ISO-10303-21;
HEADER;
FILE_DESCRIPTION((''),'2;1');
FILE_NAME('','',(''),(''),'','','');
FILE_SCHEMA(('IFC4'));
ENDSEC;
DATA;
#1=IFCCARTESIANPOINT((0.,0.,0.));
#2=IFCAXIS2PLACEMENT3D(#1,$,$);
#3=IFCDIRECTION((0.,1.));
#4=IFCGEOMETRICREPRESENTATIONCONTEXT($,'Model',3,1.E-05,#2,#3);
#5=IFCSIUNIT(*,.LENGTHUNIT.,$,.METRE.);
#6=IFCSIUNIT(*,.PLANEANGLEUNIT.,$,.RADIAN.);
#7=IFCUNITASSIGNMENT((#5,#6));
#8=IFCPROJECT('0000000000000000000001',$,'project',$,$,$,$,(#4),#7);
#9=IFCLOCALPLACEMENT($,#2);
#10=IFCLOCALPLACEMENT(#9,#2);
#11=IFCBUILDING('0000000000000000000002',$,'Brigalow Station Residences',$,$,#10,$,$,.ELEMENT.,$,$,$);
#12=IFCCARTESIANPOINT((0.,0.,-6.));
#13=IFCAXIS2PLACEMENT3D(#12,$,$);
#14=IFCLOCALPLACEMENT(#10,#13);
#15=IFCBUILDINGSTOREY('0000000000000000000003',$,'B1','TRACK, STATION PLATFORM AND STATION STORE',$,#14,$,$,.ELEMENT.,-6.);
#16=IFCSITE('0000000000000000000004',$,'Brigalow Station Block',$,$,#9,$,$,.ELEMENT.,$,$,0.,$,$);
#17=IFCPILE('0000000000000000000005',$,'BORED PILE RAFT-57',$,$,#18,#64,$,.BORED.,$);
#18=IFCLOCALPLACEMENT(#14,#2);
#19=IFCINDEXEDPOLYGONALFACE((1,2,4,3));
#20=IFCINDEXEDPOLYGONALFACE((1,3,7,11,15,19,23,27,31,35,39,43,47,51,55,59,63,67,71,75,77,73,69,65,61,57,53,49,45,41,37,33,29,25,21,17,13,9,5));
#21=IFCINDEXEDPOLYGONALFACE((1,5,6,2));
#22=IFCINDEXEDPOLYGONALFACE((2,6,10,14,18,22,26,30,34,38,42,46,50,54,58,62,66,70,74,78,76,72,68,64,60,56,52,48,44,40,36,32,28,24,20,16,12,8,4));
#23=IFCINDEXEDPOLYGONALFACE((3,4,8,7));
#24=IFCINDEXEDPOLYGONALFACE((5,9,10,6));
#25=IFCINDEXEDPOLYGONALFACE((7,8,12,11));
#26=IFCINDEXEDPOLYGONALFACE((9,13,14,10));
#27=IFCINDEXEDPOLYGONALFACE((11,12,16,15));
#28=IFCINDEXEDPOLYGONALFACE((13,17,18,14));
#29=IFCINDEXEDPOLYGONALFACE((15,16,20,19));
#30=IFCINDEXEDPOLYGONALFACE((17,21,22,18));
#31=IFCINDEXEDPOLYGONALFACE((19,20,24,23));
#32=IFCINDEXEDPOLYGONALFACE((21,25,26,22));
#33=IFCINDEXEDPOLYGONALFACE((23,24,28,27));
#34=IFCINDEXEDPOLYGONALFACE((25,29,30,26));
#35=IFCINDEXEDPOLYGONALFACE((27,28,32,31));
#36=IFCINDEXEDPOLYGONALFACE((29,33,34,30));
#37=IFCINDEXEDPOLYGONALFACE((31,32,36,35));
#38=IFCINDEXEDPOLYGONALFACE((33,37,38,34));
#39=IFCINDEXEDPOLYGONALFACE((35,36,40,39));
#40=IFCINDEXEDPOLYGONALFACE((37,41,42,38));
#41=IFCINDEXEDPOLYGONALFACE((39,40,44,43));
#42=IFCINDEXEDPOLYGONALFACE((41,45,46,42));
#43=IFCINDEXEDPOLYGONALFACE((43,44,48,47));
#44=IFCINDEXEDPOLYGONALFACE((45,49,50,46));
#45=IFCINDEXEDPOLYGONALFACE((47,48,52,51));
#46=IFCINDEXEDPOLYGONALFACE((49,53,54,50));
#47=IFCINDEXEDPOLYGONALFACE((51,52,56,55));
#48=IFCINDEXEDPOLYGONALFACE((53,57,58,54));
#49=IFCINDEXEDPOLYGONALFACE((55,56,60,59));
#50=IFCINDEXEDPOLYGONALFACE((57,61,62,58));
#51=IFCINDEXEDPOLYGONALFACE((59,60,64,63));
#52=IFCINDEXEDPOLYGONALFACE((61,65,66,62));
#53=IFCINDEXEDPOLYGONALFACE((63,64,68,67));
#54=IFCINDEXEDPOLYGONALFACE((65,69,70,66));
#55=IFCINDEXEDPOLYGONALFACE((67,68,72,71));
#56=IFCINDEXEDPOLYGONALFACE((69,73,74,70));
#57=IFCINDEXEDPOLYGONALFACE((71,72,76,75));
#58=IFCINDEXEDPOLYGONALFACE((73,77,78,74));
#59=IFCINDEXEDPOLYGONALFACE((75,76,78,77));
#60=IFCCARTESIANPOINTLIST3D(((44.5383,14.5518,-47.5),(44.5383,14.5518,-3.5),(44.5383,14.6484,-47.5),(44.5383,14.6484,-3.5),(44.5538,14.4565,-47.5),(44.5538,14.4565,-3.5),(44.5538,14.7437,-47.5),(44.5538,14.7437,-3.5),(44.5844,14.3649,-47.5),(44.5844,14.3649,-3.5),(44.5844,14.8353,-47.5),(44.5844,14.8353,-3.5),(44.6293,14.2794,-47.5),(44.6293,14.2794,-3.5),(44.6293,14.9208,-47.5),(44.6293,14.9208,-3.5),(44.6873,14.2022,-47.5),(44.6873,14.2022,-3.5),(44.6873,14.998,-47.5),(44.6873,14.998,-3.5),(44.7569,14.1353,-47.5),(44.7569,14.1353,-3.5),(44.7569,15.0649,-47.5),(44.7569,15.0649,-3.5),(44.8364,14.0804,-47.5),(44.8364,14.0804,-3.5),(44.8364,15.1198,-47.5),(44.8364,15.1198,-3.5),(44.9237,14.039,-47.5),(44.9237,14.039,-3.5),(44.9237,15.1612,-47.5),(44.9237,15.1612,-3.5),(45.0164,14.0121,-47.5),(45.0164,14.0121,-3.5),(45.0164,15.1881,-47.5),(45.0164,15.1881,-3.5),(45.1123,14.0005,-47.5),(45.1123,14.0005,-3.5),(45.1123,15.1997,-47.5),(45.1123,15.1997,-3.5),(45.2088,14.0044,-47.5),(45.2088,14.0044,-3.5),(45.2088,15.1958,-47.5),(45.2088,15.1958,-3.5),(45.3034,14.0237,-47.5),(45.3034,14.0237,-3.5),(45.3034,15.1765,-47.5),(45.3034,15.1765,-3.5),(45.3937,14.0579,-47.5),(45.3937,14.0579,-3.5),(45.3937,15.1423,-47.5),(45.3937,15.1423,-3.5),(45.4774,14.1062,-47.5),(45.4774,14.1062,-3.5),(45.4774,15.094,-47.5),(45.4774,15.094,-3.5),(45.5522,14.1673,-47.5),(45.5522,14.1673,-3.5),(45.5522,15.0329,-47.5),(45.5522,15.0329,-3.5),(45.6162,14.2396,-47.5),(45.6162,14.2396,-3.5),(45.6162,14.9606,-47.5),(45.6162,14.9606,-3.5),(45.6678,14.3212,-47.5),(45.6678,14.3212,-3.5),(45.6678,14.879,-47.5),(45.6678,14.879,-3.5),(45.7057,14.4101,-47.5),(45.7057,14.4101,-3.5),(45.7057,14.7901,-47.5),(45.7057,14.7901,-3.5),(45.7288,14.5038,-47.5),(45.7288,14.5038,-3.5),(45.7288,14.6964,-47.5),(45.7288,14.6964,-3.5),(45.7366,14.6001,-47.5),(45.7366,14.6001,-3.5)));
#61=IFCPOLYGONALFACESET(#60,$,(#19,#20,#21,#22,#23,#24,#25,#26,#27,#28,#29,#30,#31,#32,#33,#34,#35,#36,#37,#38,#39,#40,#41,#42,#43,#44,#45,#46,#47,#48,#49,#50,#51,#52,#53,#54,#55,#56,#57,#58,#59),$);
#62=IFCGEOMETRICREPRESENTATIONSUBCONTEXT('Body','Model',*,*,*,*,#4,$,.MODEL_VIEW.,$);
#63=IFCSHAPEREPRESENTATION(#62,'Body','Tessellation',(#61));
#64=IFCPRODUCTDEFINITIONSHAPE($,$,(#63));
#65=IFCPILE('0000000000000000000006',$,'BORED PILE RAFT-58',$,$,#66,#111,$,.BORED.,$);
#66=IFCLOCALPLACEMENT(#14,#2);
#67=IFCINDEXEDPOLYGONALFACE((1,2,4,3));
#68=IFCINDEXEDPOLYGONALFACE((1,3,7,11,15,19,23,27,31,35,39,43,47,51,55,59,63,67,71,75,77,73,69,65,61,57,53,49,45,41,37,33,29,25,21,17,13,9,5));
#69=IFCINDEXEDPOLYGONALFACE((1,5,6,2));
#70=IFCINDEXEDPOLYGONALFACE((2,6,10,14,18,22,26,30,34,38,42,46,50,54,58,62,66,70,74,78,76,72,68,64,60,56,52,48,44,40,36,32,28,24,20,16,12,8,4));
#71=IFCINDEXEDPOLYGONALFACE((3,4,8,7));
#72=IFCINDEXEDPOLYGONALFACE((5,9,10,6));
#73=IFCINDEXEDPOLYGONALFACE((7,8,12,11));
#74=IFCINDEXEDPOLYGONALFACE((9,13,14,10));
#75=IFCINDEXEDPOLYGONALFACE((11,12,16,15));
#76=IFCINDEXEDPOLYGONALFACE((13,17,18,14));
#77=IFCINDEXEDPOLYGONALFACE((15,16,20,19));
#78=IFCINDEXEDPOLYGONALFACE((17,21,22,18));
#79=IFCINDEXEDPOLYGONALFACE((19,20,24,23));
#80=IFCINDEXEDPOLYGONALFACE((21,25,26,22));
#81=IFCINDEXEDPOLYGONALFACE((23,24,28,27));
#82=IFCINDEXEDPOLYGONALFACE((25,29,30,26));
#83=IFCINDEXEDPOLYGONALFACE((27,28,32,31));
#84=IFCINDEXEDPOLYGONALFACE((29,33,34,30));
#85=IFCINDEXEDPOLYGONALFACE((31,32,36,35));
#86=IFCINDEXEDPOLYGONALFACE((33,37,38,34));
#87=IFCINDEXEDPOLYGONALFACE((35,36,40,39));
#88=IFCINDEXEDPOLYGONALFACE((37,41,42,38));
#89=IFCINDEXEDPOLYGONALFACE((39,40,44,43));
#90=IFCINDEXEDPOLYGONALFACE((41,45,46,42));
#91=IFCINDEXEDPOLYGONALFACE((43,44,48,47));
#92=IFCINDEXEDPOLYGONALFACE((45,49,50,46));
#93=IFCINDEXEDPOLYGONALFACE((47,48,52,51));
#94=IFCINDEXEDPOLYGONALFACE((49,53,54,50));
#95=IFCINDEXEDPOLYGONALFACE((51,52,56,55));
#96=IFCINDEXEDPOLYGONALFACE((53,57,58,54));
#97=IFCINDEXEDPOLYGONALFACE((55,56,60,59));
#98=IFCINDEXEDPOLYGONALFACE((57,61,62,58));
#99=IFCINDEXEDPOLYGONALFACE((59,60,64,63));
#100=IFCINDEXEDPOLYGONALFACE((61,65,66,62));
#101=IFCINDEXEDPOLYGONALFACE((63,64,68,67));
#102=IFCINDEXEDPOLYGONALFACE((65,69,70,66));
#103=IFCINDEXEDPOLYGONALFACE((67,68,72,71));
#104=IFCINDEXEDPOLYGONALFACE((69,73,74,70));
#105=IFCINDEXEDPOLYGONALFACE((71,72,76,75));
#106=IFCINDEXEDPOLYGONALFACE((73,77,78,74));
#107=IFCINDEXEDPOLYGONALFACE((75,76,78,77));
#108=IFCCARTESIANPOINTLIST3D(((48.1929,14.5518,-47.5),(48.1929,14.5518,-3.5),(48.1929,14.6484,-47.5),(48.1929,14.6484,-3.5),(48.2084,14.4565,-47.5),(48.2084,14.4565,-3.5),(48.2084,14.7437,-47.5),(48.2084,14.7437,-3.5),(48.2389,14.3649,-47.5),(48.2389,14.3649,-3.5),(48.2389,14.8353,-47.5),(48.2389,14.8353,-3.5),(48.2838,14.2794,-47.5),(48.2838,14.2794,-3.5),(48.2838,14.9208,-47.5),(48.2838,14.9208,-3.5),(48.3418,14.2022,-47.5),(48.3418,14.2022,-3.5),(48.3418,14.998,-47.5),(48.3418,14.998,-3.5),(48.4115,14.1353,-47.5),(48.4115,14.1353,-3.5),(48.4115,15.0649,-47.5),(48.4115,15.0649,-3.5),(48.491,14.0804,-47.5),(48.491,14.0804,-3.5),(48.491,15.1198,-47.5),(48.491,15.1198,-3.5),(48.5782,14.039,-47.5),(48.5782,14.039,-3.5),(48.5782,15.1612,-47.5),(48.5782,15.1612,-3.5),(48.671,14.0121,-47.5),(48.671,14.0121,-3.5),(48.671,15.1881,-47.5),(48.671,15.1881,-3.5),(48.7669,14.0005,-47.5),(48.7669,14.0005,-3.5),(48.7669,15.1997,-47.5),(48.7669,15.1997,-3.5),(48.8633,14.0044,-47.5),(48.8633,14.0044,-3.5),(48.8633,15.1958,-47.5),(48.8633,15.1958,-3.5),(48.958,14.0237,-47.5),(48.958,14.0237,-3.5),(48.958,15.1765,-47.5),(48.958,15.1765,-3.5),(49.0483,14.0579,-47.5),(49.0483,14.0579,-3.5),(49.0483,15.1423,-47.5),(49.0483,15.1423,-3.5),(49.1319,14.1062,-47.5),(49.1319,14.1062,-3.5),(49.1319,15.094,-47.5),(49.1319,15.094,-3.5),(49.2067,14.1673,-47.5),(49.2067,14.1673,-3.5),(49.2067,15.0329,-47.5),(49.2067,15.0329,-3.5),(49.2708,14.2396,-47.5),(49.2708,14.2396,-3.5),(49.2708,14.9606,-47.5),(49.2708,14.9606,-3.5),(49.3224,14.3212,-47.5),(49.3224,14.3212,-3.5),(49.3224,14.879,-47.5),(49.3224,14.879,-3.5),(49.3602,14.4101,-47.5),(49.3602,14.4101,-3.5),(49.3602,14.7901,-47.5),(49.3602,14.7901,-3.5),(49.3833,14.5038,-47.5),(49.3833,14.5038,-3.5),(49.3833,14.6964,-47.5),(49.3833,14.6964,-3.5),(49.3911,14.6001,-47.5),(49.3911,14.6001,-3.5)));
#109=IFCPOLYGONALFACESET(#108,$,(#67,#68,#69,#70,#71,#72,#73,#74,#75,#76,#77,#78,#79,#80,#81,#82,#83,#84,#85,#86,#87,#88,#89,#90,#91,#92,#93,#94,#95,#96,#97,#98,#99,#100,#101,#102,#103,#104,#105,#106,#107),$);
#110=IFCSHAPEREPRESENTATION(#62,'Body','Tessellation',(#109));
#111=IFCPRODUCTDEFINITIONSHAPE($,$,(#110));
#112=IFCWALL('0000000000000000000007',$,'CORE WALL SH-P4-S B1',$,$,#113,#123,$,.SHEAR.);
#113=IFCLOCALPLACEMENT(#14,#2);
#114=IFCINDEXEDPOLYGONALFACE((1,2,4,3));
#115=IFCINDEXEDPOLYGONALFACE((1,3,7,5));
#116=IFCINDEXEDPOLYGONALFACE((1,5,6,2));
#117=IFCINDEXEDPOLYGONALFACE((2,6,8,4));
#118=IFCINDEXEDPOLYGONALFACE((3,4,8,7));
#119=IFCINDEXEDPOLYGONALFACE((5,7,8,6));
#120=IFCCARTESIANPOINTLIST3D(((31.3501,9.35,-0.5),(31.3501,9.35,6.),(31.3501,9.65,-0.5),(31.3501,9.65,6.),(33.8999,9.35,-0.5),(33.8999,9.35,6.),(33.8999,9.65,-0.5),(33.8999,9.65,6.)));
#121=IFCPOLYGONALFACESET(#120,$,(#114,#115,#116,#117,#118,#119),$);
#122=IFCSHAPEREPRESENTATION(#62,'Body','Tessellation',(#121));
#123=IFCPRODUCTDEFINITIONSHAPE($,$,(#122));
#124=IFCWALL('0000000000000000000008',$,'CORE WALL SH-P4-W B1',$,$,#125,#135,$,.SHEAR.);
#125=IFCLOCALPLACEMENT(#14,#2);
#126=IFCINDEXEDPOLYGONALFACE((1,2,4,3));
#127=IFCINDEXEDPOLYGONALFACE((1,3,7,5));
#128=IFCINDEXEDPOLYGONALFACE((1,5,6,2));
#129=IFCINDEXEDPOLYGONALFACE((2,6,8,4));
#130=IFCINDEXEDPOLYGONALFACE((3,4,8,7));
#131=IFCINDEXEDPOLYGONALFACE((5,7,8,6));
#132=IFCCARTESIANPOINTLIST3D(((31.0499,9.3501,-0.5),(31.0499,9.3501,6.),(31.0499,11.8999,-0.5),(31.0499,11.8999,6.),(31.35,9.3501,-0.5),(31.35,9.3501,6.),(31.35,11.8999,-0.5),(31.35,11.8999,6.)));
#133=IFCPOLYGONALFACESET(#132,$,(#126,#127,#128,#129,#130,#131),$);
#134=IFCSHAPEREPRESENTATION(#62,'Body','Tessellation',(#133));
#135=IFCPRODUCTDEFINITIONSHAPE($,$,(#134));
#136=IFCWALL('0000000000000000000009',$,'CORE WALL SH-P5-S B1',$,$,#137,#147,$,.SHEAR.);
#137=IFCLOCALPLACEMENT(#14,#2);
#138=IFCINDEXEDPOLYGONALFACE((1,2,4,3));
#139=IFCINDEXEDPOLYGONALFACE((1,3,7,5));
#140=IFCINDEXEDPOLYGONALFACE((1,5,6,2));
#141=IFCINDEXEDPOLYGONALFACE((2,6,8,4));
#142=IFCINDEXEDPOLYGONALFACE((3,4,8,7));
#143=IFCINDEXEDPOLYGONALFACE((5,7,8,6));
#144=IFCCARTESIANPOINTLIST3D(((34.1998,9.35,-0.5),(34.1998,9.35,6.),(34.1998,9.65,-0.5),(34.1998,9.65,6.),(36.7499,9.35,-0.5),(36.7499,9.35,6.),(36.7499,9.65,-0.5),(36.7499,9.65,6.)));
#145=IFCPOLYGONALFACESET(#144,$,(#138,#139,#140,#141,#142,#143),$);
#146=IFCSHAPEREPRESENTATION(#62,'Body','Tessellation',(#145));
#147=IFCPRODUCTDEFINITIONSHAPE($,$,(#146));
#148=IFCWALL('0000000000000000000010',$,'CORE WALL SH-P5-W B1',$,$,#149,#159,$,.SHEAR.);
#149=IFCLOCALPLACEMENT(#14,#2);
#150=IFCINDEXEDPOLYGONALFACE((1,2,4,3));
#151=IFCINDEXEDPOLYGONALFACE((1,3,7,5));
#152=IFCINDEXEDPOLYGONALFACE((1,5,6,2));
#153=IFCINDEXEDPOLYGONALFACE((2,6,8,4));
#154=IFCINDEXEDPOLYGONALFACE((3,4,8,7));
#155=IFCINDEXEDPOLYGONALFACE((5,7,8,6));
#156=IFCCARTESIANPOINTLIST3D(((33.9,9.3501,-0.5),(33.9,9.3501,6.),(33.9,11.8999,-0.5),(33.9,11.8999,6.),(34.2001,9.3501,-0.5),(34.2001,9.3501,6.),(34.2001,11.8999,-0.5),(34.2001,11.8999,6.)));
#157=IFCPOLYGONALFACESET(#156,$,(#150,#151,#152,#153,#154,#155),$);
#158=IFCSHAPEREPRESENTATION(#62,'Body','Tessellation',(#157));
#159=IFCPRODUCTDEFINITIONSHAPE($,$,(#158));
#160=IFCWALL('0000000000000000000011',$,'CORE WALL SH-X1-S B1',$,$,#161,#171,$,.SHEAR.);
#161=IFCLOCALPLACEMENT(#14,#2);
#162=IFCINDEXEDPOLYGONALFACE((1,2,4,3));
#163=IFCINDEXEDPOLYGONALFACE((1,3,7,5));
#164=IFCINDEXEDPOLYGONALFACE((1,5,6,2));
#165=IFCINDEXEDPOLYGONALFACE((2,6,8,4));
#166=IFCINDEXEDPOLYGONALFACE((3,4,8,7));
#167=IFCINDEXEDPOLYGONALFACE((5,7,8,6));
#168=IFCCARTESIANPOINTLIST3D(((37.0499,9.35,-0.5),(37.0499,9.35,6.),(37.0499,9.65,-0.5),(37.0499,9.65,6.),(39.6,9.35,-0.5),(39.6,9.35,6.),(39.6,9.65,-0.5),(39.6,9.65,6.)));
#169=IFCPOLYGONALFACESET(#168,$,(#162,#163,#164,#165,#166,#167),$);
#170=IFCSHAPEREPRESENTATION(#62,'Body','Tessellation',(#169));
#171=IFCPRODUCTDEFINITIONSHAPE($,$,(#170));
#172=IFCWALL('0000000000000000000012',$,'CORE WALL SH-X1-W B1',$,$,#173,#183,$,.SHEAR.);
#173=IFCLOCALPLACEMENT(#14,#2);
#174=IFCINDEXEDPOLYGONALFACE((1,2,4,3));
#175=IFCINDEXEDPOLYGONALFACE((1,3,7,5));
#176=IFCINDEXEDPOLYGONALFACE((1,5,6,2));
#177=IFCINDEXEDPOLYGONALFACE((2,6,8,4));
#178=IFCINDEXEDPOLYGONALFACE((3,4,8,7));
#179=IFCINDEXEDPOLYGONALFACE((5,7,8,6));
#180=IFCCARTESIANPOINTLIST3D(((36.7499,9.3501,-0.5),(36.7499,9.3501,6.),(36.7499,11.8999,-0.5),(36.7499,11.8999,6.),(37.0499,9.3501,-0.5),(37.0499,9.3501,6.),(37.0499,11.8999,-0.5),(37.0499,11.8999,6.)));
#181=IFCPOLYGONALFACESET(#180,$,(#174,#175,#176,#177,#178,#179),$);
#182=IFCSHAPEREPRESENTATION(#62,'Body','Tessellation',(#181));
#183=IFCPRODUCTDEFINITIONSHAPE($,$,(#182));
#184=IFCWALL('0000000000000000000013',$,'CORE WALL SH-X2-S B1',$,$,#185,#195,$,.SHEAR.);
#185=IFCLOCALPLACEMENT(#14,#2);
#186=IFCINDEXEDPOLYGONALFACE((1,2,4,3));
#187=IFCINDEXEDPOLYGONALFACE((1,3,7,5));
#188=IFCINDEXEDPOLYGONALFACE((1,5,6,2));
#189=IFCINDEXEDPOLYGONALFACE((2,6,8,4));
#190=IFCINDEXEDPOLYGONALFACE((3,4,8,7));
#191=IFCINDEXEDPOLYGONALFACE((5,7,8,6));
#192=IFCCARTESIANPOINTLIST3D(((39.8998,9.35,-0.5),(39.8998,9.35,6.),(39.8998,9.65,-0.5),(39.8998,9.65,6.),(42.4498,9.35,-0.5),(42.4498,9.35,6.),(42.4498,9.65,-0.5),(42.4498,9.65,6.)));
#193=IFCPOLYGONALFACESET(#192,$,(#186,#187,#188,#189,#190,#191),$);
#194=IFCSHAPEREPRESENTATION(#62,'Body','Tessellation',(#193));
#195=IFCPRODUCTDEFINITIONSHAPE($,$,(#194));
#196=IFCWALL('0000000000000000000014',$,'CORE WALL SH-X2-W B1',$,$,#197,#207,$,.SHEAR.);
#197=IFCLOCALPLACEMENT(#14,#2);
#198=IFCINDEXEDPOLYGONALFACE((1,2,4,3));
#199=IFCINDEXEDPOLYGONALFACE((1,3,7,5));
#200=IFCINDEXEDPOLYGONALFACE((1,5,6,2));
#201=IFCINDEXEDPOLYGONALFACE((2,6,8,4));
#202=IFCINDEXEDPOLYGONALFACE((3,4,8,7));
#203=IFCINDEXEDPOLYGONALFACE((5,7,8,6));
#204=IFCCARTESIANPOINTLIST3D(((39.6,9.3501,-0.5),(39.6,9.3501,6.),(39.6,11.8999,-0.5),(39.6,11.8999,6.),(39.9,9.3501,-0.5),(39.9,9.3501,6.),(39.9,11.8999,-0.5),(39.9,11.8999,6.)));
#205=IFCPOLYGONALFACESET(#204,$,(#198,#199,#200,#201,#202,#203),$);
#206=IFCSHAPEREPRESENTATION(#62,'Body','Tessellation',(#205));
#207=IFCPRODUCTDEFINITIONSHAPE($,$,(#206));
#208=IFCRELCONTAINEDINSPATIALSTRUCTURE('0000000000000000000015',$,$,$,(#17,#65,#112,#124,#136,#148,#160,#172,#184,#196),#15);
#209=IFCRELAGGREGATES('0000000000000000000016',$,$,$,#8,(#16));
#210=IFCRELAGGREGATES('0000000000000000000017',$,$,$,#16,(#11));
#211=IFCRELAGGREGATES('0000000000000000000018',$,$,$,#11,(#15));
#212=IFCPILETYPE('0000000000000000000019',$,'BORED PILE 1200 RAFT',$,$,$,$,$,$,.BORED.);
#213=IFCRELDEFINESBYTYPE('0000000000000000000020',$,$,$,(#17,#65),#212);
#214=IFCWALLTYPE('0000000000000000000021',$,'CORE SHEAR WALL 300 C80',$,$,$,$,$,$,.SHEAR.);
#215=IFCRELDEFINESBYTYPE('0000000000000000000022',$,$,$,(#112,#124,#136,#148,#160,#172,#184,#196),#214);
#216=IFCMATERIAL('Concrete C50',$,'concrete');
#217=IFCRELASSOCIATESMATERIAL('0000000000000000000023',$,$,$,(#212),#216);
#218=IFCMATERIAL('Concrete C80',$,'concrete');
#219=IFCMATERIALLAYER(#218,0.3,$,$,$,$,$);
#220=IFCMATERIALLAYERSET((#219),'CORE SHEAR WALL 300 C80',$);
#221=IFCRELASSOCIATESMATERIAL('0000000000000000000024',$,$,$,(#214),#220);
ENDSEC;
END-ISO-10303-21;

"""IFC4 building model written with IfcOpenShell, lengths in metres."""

from ifc_helpers import new_model, si_unit, direction, frame, frame_2d, origin, origin_2d, place, context, subcontext, project, spatial, rectangle, circle, extrude, material, layer, layer_set, material_profile, profile_set, type_object, element, save


model = new_model("IFC4")

# Units and contexts
model_context = context("Model", 3, precision=1e-05, world=origin(), true_north=direction((0.0, 1.0)))
body_context = subcontext(model_context, "Body", "Model", "MODEL_VIEW")
ifc_project = project(units=[si_unit("LENGTHUNIT", "METRE"), si_unit("PLANEANGLEUNIT", "RADIAN")], contexts=[model_context])

# Site, building, storey
site_placement = place(None, origin())
site = spatial("IfcSite", under=ifc_project, at=site_placement, Name="Brigalow Station Block", CompositionType="ELEMENT", RefElevation=0.0)
building_placement = place(site_placement, origin())
building = spatial("IfcBuilding", under=site, at=building_placement, Name="Brigalow Station Residences", CompositionType="ELEMENT")
storey_placement = place(building_placement, frame((0.0, 0.0, -6.0)))
storey = spatial("IfcBuildingStorey", under=building, at=storey_placement, Name="B1", Description="TRACK, STATION PLATFORM AND STATION STORE", CompositionType="ELEMENT", Elevation=-6.0)

# Piles
ifc_material_1 = material(Name="Concrete C50", Category="concrete")
ifc_material_profile = material_profile(ifc_material_1, circle(Radius=0.6001, at=origin_2d()), Name="BP1200")
ifc_profile_set = profile_set([ifc_material_profile], Name="Concrete C50")
pile_type = type_object("IfcPileType", Name="BORED PILE 1200 RAFT", PredefinedType="BORED", material=ifc_profile_set)
for number, where, z_axis, x_axis, name in (
    (1, (45.1365, 14.6001, -3.5), (0.0, 0.0, -1.0), (1.0, 0.0, 0.0), "BORED PILE RAFT-57"),
    (2, (48.791, 14.6001, -3.5), (0.0, 0.0, -1.0), (1.0, 0.0, 0.0), "BORED PILE RAFT-58"),
):
    element("IfcPile", number, at=place(storey_placement, frame(where, z_axis=z_axis, x_axis=x_axis)), inside=storey, type_object=pile_type, Name=name, PredefinedType="BORED", context=body_context, shape_type="SweptSolid", body=[
        extrude(circle(Radius=0.6001, at=origin_2d()), origin(), (0.0, 0.0, 1.0), 44.0),
    ])

# Walls
ifc_material_2 = material(Name="Concrete C80", Category="concrete")
ifc_layer_1 = layer(ifc_material_2, 0.3)
ifc_layer_set_1 = layer_set([ifc_layer_1], Name="CORE SHEAR WALL 300 C80")
wall_type_1 = type_object("IfcWallType", Name="CORE SHEAR WALL 300 C80", PredefinedType="SHEAR", material=ifc_layer_set_1)
for number, where, z_axis, x_axis, name in (
    (3, (31.3501, 9.5, -0.5), (0.0, 0.0, 1.0), (1.0, 0.0, 0.0), "CORE WALL SH-P4-S B1"),
    (4, (31.2, 9.3501, -0.5), (0.0, 0.0, 1.0), (0.0, 1.0, 0.0), "CORE WALL SH-P4-W B1"),
):
    element("IfcWall", number, at=place(storey_placement, frame(where, z_axis=z_axis, x_axis=x_axis)), inside=storey, type_object=wall_type_1, Name=name, PredefinedType="SHEAR", context=body_context, shape_type="SweptSolid", body=[
        extrude(rectangle(XDim=2.5498, YDim=0.3, at=frame_2d((1.2749, 0.0))), origin(), (0.0, 0.0, 1.0), 6.5),
    ])
wall_1_placement = place(storey_placement, frame((34.2, 9.5, -0.5), z_axis=(0.0, 0.0, 1.0), x_axis=(1.0, 0.0, 0.0)))
element("IfcWall", 5, at=wall_1_placement, inside=storey, type_object=wall_type_1, Name="CORE WALL SH-P5-S B1", PredefinedType="SHEAR", context=body_context, shape_type="SweptSolid", body=[
    extrude(rectangle(XDim=2.55, YDim=0.3, at=frame_2d((1.2749, 0.0))), origin(), (0.0, 0.0, 1.0), 6.5),
])
wall_2_placement = place(storey_placement, frame((34.05, 9.3501, -0.5), z_axis=(0.0, 0.0, 1.0), x_axis=(0.0, 1.0, 0.0)))
element("IfcWall", 6, at=wall_2_placement, inside=storey, type_object=wall_type_1, Name="CORE WALL SH-P5-W B1", PredefinedType="SHEAR", context=body_context, shape_type="SweptSolid", body=[
    extrude(rectangle(XDim=2.5498, YDim=0.3, at=frame_2d((1.2749, 0.0))), origin(), (0.0, 0.0, 1.0), 6.5),
])
wall_3_placement = place(storey_placement, frame((37.05, 9.5, -0.5), z_axis=(0.0, 0.0, 1.0), x_axis=(1.0, 0.0, 0.0)))
element("IfcWall", 7, at=wall_3_placement, inside=storey, type_object=wall_type_1, Name="CORE WALL SH-X1-S B1", PredefinedType="SHEAR", context=body_context, shape_type="SweptSolid", body=[
    extrude(rectangle(XDim=2.55, YDim=0.3, at=frame_2d((1.2749, 0.0))), origin(), (0.0, 0.0, 1.0), 6.5),
])
wall_4_placement = place(storey_placement, frame((36.8999, 9.3501, -0.5), z_axis=(0.0, 0.0, 1.0), x_axis=(0.0, 1.0, 0.0)))
element("IfcWall", 8, at=wall_4_placement, inside=storey, type_object=wall_type_1, Name="CORE WALL SH-X1-W B1", PredefinedType="SHEAR", context=body_context, shape_type="SweptSolid", body=[
    extrude(rectangle(XDim=2.5498, YDim=0.3, at=frame_2d((1.2749, 0.0))), origin(), (0.0, 0.0, 1.0), 6.5),
])
wall_5_placement = place(storey_placement, frame((39.8999, 9.5, -0.5), z_axis=(0.0, 0.0, 1.0), x_axis=(1.0, 0.0, 0.0)))
element("IfcWall", 9, at=wall_5_placement, inside=storey, type_object=wall_type_1, Name="CORE WALL SH-X2-S B1", PredefinedType="SHEAR", context=body_context, shape_type="SweptSolid", body=[
    extrude(rectangle(XDim=2.55, YDim=0.3, at=frame_2d((1.2749, 0.0))), origin(), (0.0, 0.0, 1.0), 6.5),
])
wall_6_placement = place(storey_placement, frame((39.75, 9.3501, -0.5), z_axis=(0.0, 0.0, 1.0), x_axis=(0.0, 1.0, 0.0)))
element("IfcWall", 10, at=wall_6_placement, inside=storey, type_object=wall_type_1, Name="CORE WALL SH-X2-W B1", PredefinedType="SHEAR", context=body_context, shape_type="SweptSolid", body=[
    extrude(rectangle(XDim=2.5498, YDim=0.3, at=frame_2d((1.2749, 0.0))), origin(), (0.0, 0.0, 1.0), 6.5),
])

save(model, "model.ifc")
